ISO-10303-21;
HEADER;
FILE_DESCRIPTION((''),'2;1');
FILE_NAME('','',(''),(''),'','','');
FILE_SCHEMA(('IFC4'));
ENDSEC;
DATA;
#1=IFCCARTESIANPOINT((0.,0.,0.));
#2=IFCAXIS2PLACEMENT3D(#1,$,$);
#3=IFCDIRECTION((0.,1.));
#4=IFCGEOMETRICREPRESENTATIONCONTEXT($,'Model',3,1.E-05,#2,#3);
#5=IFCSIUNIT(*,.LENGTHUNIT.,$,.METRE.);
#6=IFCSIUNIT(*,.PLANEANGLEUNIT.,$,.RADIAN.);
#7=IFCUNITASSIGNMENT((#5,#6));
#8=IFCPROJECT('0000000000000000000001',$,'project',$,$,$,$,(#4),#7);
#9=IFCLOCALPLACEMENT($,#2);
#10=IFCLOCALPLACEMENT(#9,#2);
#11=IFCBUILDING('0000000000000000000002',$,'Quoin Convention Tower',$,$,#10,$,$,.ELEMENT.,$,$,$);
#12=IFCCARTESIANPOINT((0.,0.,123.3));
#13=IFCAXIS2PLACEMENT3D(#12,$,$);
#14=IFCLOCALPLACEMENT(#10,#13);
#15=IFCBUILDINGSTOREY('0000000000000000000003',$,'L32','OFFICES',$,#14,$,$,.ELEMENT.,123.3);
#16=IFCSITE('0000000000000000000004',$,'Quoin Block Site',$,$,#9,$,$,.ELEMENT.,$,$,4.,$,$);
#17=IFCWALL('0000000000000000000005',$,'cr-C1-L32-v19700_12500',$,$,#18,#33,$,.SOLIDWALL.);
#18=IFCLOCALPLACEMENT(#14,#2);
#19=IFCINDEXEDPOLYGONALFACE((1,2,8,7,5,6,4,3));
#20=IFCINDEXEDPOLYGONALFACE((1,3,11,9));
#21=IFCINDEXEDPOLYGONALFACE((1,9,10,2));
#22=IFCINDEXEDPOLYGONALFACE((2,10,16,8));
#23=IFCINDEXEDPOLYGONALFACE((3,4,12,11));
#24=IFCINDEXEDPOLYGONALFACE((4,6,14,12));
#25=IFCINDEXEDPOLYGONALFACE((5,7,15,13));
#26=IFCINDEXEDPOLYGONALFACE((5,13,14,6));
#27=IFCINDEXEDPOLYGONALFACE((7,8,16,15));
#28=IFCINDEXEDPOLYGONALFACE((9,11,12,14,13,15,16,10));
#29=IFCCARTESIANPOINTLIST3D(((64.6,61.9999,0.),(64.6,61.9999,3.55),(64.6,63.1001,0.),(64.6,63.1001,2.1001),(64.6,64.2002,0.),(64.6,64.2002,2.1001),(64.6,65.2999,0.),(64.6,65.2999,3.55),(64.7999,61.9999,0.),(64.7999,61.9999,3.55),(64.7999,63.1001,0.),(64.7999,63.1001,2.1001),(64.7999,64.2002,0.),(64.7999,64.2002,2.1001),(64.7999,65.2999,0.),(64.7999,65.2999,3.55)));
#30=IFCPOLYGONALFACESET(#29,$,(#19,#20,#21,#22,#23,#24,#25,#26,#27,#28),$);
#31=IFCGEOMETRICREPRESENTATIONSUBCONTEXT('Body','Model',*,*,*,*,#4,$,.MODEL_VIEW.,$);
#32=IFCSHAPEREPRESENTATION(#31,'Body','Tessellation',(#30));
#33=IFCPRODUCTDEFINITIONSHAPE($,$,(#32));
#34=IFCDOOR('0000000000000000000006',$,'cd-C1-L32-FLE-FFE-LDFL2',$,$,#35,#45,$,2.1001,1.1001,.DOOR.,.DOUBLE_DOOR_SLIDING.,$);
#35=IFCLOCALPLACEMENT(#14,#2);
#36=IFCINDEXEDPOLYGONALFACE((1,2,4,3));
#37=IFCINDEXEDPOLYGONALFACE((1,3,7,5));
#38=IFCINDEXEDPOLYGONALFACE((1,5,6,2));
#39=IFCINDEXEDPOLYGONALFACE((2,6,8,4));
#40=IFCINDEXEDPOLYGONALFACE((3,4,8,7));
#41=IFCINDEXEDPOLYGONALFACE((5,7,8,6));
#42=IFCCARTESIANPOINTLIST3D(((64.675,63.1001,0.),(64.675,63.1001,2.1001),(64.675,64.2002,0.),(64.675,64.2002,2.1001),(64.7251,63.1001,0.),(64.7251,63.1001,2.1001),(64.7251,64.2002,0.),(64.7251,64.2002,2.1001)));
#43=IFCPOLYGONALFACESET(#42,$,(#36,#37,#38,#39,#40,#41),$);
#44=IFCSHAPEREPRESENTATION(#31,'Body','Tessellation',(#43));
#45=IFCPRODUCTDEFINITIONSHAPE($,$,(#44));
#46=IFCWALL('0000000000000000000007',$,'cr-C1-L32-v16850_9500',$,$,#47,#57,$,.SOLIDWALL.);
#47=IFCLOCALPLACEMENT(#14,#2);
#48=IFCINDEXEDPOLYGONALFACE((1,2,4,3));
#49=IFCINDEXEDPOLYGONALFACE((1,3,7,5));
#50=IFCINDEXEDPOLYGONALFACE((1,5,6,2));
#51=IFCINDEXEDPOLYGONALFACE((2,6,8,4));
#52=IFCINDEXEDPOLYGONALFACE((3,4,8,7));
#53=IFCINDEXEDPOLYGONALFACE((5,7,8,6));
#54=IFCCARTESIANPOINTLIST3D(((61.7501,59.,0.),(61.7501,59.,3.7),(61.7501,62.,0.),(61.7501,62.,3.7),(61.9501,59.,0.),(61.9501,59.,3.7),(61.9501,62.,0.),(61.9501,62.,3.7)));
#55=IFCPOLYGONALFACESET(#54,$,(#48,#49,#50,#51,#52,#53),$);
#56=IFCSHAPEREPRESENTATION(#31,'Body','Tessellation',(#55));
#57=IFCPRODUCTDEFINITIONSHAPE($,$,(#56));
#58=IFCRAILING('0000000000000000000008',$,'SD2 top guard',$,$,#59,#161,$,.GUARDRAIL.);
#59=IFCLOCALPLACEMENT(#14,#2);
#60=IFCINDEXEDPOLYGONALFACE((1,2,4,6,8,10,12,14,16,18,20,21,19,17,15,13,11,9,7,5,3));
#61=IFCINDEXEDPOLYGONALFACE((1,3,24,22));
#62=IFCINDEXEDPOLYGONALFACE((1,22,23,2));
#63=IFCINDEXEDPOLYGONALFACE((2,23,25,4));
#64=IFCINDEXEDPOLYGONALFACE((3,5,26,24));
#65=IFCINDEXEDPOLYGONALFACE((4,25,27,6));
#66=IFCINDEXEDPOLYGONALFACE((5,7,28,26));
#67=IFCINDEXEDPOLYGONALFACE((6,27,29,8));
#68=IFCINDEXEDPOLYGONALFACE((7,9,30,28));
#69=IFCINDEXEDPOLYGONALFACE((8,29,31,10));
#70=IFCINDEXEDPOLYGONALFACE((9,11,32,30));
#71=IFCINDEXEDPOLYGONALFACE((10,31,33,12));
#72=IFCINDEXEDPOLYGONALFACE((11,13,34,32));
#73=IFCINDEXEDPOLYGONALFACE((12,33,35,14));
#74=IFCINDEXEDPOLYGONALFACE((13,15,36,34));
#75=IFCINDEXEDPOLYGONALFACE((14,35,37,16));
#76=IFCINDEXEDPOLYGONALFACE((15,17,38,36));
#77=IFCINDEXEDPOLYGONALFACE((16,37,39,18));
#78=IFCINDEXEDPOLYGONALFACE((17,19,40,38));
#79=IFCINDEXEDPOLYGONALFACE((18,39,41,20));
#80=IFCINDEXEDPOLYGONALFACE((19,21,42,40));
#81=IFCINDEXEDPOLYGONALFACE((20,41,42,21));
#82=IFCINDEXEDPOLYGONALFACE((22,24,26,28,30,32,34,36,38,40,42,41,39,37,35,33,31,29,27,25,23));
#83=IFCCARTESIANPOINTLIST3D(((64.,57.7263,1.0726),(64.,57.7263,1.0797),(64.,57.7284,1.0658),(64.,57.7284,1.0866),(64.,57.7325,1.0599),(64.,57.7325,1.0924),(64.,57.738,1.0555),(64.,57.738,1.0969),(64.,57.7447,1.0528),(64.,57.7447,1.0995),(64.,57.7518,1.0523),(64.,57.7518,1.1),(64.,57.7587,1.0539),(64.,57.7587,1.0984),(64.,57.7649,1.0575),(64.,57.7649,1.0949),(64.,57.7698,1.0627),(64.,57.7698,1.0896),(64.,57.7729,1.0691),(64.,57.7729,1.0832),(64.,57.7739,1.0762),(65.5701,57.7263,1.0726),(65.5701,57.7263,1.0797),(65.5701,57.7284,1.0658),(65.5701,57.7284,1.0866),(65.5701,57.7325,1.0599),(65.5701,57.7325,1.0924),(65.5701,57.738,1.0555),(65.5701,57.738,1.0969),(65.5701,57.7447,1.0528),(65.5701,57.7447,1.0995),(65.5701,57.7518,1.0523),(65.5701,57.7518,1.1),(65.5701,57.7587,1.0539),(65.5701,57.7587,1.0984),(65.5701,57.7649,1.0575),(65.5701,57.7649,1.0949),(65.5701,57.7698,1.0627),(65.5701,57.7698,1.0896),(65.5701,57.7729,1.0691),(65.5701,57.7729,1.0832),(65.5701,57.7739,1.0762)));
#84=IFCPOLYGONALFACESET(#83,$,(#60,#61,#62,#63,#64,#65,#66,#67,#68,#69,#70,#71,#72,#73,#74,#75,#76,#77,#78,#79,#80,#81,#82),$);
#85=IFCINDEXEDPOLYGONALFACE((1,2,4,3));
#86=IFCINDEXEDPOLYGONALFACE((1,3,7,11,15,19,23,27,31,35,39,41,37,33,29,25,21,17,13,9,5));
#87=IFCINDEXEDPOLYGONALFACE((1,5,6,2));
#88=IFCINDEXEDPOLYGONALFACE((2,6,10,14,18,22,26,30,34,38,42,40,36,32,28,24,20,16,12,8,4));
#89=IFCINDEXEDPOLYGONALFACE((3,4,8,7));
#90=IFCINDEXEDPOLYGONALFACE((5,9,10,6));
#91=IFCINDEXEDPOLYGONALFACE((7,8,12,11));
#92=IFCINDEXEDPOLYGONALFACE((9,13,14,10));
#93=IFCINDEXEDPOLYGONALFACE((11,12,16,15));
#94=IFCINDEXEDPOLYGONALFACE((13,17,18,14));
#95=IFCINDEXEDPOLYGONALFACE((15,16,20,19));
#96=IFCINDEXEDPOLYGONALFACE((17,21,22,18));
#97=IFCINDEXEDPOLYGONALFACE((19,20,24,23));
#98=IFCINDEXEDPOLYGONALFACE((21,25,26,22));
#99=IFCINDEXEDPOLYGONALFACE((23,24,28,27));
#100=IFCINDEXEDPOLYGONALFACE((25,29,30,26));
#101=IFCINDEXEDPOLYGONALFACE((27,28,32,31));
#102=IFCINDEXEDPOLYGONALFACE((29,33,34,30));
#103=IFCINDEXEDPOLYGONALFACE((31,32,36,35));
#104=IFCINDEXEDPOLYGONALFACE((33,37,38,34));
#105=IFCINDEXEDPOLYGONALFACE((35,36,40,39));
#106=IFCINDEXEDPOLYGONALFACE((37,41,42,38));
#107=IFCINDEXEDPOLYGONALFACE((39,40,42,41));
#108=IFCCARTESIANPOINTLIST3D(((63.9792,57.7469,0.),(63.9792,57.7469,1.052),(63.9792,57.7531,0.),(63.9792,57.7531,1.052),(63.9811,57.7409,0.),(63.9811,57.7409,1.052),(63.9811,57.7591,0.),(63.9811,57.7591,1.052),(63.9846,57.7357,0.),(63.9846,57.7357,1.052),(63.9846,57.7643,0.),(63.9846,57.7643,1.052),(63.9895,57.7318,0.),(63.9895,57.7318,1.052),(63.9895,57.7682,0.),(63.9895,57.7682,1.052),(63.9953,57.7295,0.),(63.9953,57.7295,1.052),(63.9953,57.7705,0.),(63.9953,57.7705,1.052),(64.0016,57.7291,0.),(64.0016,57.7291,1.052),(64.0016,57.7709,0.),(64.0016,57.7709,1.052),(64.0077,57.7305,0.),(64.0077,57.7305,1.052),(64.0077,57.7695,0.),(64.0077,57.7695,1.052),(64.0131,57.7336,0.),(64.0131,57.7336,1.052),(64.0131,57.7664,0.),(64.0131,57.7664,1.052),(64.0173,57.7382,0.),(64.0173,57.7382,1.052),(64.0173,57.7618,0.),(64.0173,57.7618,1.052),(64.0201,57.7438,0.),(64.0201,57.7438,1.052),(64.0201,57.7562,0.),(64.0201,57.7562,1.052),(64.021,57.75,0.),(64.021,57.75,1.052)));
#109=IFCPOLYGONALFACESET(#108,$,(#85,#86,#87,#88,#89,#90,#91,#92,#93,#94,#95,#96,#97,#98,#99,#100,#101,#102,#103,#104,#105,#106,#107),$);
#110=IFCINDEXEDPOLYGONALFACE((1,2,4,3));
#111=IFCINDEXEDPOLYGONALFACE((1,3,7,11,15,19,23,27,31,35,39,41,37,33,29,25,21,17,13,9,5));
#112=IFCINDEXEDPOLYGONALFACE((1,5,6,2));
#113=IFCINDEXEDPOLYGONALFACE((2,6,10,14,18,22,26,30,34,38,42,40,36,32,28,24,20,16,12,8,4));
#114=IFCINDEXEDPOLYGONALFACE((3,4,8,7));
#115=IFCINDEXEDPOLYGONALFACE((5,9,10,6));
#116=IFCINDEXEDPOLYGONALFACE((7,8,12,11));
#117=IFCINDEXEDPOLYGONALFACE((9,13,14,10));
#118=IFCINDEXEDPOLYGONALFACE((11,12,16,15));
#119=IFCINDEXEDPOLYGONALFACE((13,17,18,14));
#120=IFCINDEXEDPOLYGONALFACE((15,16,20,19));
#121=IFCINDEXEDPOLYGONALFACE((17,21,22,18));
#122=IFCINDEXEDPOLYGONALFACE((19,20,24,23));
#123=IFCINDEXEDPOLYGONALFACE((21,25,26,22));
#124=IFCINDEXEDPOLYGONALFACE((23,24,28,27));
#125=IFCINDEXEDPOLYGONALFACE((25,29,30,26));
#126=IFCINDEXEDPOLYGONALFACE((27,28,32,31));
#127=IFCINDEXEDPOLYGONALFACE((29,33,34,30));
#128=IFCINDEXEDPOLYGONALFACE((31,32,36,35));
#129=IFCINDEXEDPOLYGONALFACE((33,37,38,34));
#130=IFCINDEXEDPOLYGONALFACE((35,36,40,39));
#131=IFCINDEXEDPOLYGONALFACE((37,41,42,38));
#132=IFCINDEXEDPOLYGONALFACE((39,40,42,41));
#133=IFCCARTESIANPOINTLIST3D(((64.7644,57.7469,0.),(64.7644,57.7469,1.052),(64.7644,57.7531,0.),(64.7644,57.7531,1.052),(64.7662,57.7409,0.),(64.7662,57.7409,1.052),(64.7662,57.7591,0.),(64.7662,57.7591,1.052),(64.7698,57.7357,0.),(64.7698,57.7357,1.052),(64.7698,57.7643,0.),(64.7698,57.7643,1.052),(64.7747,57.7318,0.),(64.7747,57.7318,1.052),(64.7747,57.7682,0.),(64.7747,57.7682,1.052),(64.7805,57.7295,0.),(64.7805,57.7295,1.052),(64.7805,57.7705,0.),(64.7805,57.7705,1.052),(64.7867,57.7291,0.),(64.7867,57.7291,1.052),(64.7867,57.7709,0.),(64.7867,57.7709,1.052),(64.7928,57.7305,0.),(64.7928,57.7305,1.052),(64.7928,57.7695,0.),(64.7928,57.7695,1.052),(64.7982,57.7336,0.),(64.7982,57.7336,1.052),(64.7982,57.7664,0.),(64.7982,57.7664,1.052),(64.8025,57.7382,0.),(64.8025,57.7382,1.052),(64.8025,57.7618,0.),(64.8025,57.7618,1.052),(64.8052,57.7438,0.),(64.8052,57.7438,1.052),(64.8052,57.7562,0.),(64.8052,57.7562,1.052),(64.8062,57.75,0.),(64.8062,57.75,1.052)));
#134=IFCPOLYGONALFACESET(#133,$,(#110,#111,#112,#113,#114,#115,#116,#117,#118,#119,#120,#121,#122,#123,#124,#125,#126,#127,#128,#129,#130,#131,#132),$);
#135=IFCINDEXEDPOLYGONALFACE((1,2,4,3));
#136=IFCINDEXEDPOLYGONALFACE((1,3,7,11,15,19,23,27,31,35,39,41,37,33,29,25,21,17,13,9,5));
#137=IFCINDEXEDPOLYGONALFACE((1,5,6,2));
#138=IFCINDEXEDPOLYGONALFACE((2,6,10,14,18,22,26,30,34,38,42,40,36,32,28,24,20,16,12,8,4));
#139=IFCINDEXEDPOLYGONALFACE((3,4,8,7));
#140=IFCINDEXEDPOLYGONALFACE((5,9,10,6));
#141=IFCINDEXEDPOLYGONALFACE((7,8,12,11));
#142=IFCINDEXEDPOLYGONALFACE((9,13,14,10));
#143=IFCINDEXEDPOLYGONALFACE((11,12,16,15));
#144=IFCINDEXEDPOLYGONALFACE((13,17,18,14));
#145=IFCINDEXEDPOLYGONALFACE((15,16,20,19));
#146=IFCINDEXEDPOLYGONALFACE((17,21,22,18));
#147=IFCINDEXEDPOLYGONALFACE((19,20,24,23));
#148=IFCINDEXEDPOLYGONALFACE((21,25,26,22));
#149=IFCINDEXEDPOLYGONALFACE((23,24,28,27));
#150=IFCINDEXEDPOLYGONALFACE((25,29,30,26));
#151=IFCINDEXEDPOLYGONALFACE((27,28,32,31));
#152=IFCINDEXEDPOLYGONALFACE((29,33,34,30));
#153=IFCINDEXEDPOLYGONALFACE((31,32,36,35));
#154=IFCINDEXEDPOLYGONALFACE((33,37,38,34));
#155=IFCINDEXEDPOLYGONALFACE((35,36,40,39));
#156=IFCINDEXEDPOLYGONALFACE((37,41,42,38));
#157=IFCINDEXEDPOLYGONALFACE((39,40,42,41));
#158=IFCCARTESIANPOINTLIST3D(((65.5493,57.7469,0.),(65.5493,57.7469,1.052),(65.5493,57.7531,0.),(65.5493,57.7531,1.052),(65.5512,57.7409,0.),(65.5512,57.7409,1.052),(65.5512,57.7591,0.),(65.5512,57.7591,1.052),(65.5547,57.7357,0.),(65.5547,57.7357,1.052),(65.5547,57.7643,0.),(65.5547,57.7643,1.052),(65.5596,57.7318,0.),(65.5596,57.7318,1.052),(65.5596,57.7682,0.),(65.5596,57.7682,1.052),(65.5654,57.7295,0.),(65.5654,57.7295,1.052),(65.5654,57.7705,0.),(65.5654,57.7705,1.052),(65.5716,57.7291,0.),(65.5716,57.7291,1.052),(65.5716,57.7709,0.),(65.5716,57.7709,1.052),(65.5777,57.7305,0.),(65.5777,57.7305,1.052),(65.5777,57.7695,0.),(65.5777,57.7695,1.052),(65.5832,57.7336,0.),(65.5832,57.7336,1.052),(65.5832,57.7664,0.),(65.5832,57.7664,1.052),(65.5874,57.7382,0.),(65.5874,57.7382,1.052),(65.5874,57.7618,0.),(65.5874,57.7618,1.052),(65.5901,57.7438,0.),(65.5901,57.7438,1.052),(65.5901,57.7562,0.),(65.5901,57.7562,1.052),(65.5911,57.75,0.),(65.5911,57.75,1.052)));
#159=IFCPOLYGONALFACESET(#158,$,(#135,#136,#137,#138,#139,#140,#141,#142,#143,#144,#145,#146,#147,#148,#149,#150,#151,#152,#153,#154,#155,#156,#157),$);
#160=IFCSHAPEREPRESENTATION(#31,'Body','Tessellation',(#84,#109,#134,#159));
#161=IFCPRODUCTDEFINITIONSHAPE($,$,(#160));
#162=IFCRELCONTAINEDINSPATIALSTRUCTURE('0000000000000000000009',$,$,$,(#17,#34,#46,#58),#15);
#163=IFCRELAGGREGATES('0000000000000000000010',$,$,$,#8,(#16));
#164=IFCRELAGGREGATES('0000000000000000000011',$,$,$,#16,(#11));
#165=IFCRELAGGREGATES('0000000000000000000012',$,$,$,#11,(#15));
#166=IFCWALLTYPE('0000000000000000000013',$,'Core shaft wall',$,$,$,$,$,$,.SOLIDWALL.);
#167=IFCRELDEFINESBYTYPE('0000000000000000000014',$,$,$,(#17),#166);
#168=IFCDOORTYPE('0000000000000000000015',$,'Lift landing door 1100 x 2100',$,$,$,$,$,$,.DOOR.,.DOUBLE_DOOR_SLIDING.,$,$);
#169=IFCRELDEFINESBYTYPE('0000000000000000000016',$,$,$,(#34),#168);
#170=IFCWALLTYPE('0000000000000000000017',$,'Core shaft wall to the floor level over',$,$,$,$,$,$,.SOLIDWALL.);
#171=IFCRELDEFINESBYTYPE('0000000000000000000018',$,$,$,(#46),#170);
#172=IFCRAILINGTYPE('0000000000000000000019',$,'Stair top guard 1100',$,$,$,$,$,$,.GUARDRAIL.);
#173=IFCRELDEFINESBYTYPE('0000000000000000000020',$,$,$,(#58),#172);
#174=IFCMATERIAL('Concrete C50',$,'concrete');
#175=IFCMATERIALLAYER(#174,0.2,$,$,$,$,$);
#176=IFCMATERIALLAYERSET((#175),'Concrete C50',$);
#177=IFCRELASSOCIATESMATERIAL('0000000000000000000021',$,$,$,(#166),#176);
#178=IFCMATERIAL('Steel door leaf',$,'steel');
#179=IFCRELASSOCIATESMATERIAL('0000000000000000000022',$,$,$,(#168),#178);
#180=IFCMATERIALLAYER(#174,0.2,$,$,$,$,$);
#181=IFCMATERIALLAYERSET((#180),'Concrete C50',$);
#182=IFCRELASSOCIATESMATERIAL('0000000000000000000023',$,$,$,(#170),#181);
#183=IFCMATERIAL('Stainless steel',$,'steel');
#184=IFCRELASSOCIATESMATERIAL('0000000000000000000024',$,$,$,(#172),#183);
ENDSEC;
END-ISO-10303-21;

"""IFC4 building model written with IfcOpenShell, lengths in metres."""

from ifc_helpers import new_model, si_unit, direction, frame, frame_2d, origin, origin_2d, place, context, subcontext, project, spatial, rectangle, circle, extrude, material, layer, layer_set, type_object, element, fill, save


model = new_model("IFC4")

# Units and contexts
model_context = context("Model", 3, precision=1e-05, world=origin(), true_north=direction((0.0, 1.0)))
body_context = subcontext(model_context, "Body", "Model", "MODEL_VIEW")
ifc_project = project(units=[si_unit("LENGTHUNIT", "METRE"), si_unit("PLANEANGLEUNIT", "RADIAN")], contexts=[model_context])

# Site, building, storey
site_placement = place(None, origin())
site = spatial("IfcSite", under=ifc_project, at=site_placement, Name="Quoin Block Site", CompositionType="ELEMENT", RefElevation=4.0)
building_placement = place(site_placement, origin())
building = spatial("IfcBuilding", under=site, at=building_placement, Name="Quoin Convention Tower", CompositionType="ELEMENT")
storey_placement = place(building_placement, frame((0.0, 0.0, 123.3)))
storey = spatial("IfcBuildingStorey", under=building, at=storey_placement, Name="L32", Description="OFFICES", CompositionType="ELEMENT", Elevation=123.3)

# Shared definitions
ifc_material_1 = material(Name="Steel door leaf", Category="steel")

# Shared definitions
ifc_material_2 = material(Name="Concrete C50", Category="concrete")
ifc_layer_1 = layer(ifc_material_2, 0.2)
ifc_layer_set_1 = layer_set([ifc_layer_1], Name="Concrete C50")
wall_type_1 = type_object("IfcWallType", Name="Core shaft wall", PredefinedType="SOLIDWALL", material=ifc_layer_set_1)

# Wall, opening, door
wall_1_placement = place(storey_placement, frame((64.7, 62.0, 0.0), z_axis=(0.0, 0.0, 1.0), x_axis=(0.0, 1.0, 0.0)))
wall_1 = element("IfcWall", 1, at=wall_1_placement, inside=storey, type_object=wall_type_1, Name="cr-C1-L32-v19700_12500", PredefinedType="SOLIDWALL", context=body_context, shape_type="SweptSolid", body=[
    extrude(rectangle(XDim=3.3, YDim=0.2, at=frame_2d((1.6499, 0.0))), origin(), (0.0, 0.0, 1.0), 3.55),
])
opening_1_placement = place(wall_1_placement, frame((1.1001, 0.0, 0.0)))
opening_1 = element("IfcOpeningElement", 2, at=opening_1_placement, cuts=wall_1, PredefinedType="OPENING", context=body_context, shape_type="SweptSolid", body=[
    extrude(rectangle(XDim=1.1001, YDim=2.1001, at=frame_2d((0.55, 1.05))), frame((0.0, 0.1099, 0.0), z_axis=(0.0, -1.0, 0.0), x_axis=(1.0, 0.0, 0.0)), (0.0, 0.0, 1.0), 0.22),
])
door_type_1 = type_object("IfcDoorType", Name="Lift landing door 1100 x 2100", OperationType="DOUBLE_DOOR_SLIDING", PredefinedType="DOOR", material=ifc_material_1)
door_1_placement = place(opening_1_placement, origin())
door_1 = element("IfcDoor", 3, at=door_1_placement, inside=storey, type_object=door_type_1, Name="cd-C1-L32-FLE-FFE-LDFL2", OperationType="DOUBLE_DOOR_SLIDING", OverallHeight=2.1001, OverallWidth=1.1001, PredefinedType="DOOR", context=body_context, shape_type="SweptSolid", body=[
    extrude(rectangle(XDim=1.1001, YDim=2.1001, at=frame_2d((0.55, 1.05))), frame((0.0, 0.0249, 0.0), z_axis=(0.0, -1.0, 0.0), x_axis=(1.0, 0.0, 0.0)), (0.0, 0.0, 1.0), 0.05),
])
fill(opening_1, door_1)

# Wall
ifc_layer_2 = layer(ifc_material_2, 0.2)
ifc_layer_set_2 = layer_set([ifc_layer_2], Name="Concrete C50")
wall_type_2 = type_object("IfcWallType", Name="Core shaft wall to the floor level over", PredefinedType="SOLIDWALL", material=ifc_layer_set_2)
wall_2_placement = place(storey_placement, frame((61.8501, 59.0, 0.0), z_axis=(0.0, 0.0, 1.0), x_axis=(0.0, 1.0, 0.0)))
element("IfcWall", 4, at=wall_2_placement, inside=storey, type_object=wall_type_2, Name="cr-C1-L32-v16850_9500", PredefinedType="SOLIDWALL", context=body_context, shape_type="SweptSolid", body=[
    extrude(rectangle(XDim=3.0, YDim=0.2, at=frame_2d((1.5, 0.0))), origin(), (0.0, 0.0, 1.0), 3.7),
])

# Railing
ifc_material_3 = material(Name="Stainless steel", Category="steel")
railing_type = type_object("IfcRailingType", Name="Stair top guard 1100", PredefinedType="GUARDRAIL", material=ifc_material_3)
railing_placement = place(storey_placement, frame((64.0, 57.75, 0.0)))
element("IfcRailing", 5, at=railing_placement, inside=storey, type_object=railing_type, Name="SD2 top guard", PredefinedType="GUARDRAIL", context=body_context, shape_type="SweptSolid", body=[
    extrude(circle(Radius=0.0239, at=origin_2d()), frame((0.0, 0.0, 1.0762), z_axis=(1.0, 0.0, 0.0), x_axis=(0.0, 1.0, 0.0)), (0.0, 0.0, 1.0), 1.5701),
    extrude(circle(Radius=0.021, at=origin_2d()), origin(), (0.0, 0.0, 1.0), 1.052),
    extrude(circle(Radius=0.021, at=origin_2d()), frame((0.7852, 0.0, 0.0)), (0.0, 0.0, 1.0), 1.052),
    extrude(circle(Radius=0.021, at=origin_2d()), frame((1.5701, 0.0, 0.0)), (0.0, 0.0, 1.0), 1.052),
])

save(model, "model.ifc")
